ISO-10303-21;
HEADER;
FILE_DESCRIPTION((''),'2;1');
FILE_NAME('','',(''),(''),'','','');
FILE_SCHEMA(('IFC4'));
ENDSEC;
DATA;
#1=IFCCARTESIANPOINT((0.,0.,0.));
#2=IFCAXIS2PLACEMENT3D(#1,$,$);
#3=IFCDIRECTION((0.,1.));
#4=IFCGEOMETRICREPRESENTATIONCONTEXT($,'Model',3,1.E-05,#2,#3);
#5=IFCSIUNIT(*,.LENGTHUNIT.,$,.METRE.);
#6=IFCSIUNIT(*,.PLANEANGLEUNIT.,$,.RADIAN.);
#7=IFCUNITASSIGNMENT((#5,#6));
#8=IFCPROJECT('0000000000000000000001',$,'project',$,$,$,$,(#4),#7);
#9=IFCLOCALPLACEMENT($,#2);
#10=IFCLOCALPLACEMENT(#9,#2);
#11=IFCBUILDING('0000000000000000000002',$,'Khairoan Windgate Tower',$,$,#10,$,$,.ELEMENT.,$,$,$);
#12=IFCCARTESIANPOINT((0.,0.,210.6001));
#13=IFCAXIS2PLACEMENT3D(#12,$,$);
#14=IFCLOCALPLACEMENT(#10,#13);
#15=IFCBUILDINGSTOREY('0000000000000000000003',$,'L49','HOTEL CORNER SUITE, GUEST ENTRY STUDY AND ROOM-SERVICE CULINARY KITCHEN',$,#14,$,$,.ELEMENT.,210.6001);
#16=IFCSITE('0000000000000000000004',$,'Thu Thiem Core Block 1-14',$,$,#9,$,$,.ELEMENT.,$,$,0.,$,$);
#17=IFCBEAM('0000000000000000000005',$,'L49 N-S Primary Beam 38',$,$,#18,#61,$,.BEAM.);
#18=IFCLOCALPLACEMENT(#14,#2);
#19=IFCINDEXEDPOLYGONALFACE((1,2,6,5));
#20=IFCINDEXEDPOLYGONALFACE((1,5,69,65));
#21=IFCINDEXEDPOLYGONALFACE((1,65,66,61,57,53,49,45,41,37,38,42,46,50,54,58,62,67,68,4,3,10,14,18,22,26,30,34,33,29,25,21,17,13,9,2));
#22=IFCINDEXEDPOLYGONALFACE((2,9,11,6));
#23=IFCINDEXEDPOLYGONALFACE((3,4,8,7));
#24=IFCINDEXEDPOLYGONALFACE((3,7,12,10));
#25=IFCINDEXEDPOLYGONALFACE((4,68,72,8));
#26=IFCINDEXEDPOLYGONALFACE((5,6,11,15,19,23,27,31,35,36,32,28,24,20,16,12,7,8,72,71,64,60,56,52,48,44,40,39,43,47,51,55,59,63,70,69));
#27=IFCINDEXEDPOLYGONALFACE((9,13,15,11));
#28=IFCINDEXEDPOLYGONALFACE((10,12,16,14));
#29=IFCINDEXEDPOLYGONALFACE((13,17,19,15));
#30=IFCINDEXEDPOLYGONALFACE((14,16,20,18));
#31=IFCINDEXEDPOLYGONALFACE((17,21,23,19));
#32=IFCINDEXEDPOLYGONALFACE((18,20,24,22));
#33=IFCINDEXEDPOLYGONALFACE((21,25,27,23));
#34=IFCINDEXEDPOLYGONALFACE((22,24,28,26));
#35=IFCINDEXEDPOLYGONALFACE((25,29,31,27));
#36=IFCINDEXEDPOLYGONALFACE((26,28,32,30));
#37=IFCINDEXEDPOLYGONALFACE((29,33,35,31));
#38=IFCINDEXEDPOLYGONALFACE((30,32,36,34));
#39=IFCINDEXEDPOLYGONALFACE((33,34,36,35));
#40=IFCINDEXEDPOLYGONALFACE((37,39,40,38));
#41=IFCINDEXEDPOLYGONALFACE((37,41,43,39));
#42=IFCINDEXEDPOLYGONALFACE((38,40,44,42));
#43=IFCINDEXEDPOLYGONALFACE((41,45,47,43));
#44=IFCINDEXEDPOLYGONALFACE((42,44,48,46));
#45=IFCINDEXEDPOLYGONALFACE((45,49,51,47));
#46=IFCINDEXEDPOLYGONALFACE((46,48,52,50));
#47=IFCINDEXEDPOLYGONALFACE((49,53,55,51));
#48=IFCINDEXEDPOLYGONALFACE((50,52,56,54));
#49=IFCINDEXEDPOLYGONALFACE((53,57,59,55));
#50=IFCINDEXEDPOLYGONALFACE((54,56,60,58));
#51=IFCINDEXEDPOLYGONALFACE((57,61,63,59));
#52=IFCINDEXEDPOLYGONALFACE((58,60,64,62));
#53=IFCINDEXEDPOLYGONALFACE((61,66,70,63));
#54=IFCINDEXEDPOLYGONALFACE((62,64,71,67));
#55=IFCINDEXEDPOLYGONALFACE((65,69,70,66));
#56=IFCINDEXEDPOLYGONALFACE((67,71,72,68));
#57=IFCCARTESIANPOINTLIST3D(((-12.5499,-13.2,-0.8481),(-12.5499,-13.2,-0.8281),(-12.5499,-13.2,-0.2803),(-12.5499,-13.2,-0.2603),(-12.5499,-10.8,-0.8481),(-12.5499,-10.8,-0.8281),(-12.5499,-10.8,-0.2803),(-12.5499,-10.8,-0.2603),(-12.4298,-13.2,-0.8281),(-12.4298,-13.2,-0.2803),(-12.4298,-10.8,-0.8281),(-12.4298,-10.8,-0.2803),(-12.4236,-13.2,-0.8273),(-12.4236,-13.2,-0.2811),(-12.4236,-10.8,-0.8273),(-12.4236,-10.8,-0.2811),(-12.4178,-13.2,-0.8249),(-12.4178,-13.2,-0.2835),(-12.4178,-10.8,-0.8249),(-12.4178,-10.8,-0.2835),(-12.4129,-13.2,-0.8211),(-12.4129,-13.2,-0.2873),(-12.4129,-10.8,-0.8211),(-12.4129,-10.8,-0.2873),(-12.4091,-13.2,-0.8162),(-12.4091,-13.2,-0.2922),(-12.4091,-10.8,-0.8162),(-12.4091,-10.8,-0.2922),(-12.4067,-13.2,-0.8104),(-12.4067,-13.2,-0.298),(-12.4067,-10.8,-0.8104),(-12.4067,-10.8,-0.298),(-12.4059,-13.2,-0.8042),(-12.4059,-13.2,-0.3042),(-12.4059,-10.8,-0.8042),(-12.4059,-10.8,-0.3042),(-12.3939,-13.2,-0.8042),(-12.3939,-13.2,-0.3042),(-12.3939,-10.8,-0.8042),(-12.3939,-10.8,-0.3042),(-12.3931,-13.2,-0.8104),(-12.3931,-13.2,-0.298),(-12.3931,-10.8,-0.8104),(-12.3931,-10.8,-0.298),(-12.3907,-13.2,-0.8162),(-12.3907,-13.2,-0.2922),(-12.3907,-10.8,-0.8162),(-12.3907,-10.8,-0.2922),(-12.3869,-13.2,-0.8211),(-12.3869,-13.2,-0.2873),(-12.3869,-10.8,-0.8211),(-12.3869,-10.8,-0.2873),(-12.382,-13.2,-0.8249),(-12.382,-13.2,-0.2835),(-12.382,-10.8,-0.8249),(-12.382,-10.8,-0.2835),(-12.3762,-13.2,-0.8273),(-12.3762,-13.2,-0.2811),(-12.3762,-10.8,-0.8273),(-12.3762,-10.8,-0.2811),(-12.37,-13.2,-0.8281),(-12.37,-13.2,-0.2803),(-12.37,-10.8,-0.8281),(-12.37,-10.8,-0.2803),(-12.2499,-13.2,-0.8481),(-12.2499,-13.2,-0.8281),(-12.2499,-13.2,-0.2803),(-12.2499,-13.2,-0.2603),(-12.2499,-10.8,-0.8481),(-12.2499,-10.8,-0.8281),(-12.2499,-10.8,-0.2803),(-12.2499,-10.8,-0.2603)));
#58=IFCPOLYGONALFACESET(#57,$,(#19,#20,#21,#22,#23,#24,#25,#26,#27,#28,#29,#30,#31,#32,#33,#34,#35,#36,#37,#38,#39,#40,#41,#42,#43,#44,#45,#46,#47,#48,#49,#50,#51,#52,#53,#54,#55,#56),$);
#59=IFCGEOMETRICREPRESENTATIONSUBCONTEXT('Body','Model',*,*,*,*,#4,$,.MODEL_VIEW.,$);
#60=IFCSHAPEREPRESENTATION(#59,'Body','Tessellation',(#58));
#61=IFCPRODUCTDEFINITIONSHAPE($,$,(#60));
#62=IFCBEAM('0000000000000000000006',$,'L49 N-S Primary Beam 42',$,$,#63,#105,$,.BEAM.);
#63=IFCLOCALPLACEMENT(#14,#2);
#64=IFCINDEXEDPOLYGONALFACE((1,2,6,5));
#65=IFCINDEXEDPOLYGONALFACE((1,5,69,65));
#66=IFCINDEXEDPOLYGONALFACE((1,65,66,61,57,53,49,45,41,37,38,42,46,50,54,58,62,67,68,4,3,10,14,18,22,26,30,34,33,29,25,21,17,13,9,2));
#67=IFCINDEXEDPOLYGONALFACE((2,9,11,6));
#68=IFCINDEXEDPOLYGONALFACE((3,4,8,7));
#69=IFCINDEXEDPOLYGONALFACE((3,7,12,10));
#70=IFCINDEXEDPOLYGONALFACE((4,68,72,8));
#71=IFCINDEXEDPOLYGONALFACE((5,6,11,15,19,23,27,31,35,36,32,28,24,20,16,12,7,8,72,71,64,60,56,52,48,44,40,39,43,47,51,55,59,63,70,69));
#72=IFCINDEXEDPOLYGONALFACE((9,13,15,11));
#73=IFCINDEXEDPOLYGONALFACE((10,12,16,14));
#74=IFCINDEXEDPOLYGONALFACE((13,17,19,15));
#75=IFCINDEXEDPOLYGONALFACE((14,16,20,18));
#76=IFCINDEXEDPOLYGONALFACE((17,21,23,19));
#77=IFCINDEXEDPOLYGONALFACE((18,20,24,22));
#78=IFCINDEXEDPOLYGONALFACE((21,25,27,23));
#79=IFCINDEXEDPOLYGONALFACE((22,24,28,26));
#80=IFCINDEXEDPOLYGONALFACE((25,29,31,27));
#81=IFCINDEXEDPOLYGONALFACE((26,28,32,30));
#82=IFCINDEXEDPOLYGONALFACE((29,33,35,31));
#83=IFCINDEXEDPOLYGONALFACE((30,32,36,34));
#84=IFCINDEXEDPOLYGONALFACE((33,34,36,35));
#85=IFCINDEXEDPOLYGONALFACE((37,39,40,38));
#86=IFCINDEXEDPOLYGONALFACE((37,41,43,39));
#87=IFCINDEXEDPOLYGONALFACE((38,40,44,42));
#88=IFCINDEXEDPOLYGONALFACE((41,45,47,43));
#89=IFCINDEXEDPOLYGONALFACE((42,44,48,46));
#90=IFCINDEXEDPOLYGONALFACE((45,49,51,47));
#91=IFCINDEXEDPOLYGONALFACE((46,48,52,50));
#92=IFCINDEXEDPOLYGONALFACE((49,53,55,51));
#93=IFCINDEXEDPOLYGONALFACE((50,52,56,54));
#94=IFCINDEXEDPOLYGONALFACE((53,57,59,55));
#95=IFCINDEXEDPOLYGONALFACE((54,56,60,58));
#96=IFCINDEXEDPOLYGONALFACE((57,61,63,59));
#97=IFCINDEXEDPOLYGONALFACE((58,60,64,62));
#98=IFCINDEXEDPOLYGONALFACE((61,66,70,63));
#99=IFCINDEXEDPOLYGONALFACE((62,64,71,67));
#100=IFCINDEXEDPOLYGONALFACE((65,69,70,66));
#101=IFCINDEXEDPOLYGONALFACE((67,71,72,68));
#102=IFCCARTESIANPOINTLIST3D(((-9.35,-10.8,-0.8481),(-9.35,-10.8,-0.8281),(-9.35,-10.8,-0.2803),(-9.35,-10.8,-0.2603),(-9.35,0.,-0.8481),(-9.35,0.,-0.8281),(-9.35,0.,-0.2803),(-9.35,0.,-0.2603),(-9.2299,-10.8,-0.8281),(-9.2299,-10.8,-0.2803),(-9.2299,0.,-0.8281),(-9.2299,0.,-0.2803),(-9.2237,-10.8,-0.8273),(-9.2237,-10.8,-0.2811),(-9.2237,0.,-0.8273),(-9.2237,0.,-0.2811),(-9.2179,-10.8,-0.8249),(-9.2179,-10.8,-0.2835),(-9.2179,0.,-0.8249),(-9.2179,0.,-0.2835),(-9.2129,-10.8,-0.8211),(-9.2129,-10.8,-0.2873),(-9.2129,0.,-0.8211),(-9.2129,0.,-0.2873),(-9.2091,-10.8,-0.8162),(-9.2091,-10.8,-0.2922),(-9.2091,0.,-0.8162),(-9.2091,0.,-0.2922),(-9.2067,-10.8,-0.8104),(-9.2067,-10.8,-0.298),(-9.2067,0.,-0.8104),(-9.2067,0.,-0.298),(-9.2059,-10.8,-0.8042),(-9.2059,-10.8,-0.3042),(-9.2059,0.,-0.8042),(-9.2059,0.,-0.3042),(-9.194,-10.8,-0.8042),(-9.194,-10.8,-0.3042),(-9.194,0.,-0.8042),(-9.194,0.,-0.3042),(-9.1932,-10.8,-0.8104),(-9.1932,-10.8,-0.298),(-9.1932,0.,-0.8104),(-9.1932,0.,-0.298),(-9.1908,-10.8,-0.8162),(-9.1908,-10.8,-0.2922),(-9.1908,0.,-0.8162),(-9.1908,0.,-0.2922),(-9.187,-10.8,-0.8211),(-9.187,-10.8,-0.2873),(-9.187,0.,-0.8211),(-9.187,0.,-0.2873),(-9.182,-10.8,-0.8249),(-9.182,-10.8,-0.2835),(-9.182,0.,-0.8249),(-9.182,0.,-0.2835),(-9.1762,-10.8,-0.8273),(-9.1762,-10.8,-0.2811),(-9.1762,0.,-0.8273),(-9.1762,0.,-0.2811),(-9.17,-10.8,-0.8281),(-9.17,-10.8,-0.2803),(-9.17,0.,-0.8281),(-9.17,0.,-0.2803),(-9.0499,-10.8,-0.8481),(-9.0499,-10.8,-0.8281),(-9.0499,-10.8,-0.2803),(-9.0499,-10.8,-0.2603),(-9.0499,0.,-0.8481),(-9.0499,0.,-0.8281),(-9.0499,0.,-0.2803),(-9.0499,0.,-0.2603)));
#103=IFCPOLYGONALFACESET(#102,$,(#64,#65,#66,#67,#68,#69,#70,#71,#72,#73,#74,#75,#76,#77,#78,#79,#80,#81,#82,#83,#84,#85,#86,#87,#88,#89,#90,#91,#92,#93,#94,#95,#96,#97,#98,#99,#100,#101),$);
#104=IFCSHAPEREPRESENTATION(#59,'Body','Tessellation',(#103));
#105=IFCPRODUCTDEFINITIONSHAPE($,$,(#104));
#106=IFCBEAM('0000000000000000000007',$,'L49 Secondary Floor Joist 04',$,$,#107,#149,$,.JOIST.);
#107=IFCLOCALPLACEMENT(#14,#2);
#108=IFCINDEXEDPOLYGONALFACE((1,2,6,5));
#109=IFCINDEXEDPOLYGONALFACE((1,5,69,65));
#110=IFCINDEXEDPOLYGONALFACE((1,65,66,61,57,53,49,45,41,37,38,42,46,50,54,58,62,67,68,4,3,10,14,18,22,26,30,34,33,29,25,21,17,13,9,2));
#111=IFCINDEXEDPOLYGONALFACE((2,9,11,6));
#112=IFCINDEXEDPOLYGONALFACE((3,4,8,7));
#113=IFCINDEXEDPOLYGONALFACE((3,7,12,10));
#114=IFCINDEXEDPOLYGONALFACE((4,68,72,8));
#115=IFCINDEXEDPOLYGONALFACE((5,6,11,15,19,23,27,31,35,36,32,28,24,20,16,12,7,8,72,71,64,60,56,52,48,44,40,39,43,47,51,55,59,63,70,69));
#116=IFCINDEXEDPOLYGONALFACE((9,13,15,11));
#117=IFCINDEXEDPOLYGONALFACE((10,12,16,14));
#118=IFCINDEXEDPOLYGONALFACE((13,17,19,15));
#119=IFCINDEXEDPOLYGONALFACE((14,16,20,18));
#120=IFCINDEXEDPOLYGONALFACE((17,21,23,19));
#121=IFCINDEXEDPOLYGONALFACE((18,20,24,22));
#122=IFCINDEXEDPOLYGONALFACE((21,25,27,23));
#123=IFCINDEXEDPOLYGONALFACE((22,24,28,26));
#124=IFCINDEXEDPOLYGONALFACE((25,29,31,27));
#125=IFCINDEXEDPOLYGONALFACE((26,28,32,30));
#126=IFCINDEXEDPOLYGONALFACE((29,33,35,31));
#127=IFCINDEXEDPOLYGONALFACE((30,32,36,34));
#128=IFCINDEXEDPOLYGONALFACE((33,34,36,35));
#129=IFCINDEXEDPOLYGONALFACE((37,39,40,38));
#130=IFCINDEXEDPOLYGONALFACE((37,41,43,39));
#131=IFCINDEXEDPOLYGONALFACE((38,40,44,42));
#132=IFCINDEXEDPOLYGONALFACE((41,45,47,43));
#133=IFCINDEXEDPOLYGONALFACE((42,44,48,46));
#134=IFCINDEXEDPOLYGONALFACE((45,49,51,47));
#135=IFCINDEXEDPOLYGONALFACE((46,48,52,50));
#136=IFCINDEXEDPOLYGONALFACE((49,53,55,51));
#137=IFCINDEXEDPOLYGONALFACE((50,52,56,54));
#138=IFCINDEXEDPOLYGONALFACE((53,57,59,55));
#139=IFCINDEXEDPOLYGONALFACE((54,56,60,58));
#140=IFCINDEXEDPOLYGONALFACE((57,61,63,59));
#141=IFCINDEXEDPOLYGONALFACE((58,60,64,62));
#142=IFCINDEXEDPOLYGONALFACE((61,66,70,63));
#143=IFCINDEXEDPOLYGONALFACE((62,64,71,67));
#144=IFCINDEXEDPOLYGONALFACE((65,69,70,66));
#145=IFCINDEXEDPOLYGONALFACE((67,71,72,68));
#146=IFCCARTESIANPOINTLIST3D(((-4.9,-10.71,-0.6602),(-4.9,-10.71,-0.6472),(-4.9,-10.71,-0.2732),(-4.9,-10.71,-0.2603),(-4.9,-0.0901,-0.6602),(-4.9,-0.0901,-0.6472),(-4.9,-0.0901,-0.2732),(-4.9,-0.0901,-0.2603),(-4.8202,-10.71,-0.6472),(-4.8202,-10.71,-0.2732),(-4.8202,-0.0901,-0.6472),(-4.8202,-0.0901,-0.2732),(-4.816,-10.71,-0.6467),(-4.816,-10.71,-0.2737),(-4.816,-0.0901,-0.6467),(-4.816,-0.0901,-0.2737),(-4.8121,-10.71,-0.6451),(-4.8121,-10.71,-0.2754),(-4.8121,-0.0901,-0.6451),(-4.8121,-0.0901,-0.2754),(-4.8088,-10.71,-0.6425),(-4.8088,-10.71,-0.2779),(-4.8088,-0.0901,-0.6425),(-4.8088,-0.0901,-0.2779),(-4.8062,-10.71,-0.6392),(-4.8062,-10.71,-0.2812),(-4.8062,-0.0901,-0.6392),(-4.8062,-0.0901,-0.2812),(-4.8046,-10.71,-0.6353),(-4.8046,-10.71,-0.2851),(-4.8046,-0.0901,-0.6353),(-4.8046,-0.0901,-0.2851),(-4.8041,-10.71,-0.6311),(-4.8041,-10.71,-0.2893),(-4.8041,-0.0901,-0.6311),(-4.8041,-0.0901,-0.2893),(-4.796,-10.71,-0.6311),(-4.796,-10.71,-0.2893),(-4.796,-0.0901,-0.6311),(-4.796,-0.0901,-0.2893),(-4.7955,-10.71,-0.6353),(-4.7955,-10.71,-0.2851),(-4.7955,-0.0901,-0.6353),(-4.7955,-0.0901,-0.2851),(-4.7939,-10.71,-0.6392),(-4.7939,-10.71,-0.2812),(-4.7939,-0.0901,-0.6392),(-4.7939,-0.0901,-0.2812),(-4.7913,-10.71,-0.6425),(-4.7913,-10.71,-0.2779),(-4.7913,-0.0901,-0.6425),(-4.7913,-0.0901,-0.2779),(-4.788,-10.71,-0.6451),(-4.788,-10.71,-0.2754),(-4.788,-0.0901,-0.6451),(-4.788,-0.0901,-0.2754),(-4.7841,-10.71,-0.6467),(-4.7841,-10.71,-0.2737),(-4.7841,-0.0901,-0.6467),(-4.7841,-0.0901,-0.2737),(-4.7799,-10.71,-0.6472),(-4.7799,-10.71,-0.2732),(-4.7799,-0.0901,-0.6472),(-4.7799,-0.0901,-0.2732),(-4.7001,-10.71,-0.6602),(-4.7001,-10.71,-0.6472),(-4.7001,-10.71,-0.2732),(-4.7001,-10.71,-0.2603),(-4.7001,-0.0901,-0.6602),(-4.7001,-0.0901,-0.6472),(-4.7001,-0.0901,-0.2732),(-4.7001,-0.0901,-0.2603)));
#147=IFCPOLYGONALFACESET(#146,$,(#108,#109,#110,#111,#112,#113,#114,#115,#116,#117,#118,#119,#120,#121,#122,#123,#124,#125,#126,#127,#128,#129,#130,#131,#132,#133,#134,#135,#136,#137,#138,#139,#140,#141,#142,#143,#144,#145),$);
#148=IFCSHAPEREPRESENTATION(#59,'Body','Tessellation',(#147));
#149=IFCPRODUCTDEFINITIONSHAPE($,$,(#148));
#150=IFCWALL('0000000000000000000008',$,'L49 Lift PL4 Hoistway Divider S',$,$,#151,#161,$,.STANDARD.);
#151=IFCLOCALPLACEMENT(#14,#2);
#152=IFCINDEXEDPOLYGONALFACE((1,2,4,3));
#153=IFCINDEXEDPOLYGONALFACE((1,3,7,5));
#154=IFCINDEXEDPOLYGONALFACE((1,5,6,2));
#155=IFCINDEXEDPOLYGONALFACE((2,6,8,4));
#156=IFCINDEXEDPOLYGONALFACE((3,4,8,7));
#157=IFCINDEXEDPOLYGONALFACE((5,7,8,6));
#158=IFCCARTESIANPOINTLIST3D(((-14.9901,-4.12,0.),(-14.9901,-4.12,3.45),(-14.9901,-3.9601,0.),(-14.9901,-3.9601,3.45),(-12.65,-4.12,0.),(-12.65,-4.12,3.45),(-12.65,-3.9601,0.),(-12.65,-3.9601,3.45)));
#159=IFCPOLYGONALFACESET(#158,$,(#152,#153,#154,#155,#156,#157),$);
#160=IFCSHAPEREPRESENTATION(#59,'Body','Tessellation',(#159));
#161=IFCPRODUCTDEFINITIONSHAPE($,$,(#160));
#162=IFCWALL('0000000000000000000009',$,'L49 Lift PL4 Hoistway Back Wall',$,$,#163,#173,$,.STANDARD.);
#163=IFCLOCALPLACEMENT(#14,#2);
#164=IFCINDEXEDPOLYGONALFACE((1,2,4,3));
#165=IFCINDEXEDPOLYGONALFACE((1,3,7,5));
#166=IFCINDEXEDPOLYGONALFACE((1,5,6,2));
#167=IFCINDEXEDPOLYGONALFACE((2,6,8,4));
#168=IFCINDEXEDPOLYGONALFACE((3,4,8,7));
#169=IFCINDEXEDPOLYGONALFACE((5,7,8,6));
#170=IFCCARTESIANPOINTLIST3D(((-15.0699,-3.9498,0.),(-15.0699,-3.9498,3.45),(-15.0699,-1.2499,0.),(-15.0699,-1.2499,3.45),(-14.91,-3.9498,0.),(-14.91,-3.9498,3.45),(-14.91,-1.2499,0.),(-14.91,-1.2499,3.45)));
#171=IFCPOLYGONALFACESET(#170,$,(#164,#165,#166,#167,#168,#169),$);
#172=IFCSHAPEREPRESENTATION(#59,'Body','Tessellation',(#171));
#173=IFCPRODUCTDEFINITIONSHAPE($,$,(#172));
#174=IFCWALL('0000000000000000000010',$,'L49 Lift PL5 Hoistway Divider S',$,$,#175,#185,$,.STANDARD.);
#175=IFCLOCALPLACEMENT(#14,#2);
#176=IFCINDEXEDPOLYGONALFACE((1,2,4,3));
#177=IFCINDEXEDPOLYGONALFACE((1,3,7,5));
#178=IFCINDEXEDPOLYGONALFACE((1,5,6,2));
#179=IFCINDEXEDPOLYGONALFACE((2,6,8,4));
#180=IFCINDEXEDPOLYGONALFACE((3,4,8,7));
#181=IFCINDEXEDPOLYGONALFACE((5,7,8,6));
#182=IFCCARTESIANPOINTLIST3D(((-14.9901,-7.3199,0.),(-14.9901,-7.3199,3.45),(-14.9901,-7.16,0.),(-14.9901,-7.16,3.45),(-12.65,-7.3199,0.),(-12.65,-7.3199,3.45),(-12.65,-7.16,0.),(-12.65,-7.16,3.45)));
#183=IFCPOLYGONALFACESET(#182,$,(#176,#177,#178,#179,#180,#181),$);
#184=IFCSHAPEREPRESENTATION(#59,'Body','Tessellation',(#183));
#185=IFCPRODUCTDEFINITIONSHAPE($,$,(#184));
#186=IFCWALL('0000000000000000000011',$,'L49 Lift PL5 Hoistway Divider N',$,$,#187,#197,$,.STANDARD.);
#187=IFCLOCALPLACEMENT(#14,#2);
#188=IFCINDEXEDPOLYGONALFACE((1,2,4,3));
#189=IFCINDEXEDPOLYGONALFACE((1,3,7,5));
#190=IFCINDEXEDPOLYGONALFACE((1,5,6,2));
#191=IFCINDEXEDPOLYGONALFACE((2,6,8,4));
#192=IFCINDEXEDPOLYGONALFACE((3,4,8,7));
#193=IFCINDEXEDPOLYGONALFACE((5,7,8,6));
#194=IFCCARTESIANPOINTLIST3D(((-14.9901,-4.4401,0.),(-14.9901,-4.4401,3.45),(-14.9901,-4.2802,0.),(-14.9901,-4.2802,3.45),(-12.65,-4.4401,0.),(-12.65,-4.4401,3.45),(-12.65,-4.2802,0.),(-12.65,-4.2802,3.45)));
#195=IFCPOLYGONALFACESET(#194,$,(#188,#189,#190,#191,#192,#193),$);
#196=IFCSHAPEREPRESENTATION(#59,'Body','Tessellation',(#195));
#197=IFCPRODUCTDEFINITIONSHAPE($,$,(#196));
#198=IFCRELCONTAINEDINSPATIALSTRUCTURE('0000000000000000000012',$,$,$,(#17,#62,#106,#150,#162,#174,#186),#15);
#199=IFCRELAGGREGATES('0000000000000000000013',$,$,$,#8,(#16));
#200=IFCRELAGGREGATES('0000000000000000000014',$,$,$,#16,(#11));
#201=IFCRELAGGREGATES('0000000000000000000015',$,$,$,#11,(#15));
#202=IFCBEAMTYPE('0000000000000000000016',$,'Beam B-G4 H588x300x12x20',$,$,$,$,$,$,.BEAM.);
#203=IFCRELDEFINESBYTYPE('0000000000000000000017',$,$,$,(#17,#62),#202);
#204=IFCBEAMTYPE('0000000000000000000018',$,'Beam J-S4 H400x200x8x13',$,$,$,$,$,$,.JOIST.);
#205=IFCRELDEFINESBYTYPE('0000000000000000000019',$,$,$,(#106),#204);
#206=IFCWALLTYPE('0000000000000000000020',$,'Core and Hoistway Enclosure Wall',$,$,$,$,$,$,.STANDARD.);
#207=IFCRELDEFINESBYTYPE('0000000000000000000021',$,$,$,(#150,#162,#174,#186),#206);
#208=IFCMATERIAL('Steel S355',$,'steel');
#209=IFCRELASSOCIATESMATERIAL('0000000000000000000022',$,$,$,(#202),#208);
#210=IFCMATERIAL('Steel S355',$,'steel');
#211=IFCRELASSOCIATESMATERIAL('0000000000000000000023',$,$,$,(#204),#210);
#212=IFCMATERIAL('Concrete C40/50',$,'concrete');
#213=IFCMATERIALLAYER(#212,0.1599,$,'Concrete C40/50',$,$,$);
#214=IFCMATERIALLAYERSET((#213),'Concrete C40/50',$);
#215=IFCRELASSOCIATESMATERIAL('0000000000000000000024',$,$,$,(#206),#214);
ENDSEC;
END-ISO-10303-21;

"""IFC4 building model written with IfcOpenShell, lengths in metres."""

from ifc_helpers import new_model, si_unit, direction, frame, frame_2d, origin, origin_2d, place, context, subcontext, project, spatial, rectangle, i_section, extrude, material, layer, layer_set, material_profile, profile_set, type_object, element, save


model = new_model("IFC4")

# Units and contexts
model_context = context("Model", 3, precision=1e-05, world=origin(), true_north=direction((0.0, 1.0)))
body_context = subcontext(model_context, "Body", "Model", "MODEL_VIEW")
ifc_project = project(units=[si_unit("LENGTHUNIT", "METRE"), si_unit("PLANEANGLEUNIT", "RADIAN")], contexts=[model_context])

# Site, building, storey
site_placement = place(None, origin())
site = spatial("IfcSite", under=ifc_project, at=site_placement, Name="Thu Thiem Core Block 1-14", CompositionType="ELEMENT", RefElevation=0.0)
building_placement = place(site_placement, origin())
building = spatial("IfcBuilding", under=site, at=building_placement, Name="Khairoan Windgate Tower", CompositionType="ELEMENT")
storey_placement = place(building_placement, frame((0.0, 0.0, 210.6001)))
storey = spatial("IfcBuildingStorey", under=building, at=storey_placement, Name="L49", Description="HOTEL CORNER SUITE, GUEST ENTRY STUDY AND ROOM-SERVICE CULINARY KITCHEN", CompositionType="ELEMENT", Elevation=210.6001)

# Beams
ifc_material_1 = material(Name="Steel S355", Category="steel")
ifc_material_profile_1 = material_profile(ifc_material_1, i_section(OverallWidth=0.3, OverallDepth=0.5879, WebThickness=0.012, FlangeThickness=0.02, FilletRadius=0.0239, at=origin_2d()))
ifc_profile_set_1 = profile_set([ifc_material_profile_1], Name="Steel S355")
beam_type_1 = type_object("IfcBeamType", Name="Beam B-G4 H588x300x12x20", PredefinedType="BEAM", material=ifc_profile_set_1)
beam_1_placement = place(storey_placement, frame((-12.3999, -13.2, -0.5542), z_axis=(0.0, 1.0, 0.0), x_axis=(-1.0, 0.0, 0.0)))
element("IfcBeam", 1, at=beam_1_placement, inside=storey, type_object=beam_type_1, Name="L49 N-S Primary Beam 38", PredefinedType="BEAM", context=body_context, shape_type="SweptSolid", body=[
    extrude(i_section(OverallWidth=0.3, OverallDepth=0.5879, WebThickness=0.012, FlangeThickness=0.02, FilletRadius=0.0239, at=origin_2d()), origin(), (0.0, 0.0, 1.0), 2.3999),
])
beam_2_placement = place(storey_placement, frame((-9.2, -10.8, -0.5542), z_axis=(0.0, 1.0, 0.0), x_axis=(-1.0, 0.0, 0.0)))
element("IfcBeam", 2, at=beam_2_placement, inside=storey, type_object=beam_type_1, Name="L49 N-S Primary Beam 42", PredefinedType="BEAM", context=body_context, shape_type="SweptSolid", body=[
    extrude(i_section(OverallWidth=0.3, OverallDepth=0.5879, WebThickness=0.012, FlangeThickness=0.02, FilletRadius=0.0239, at=origin_2d()), origin(), (0.0, 0.0, 1.0), 10.8),
])
ifc_material_2 = material(Name="Steel S355", Category="steel")
ifc_material_profile_2 = material_profile(ifc_material_2, i_section(OverallWidth=0.2, OverallDepth=0.3999, WebThickness=0.0081, FlangeThickness=0.0129, FilletRadius=0.0161, at=origin_2d()))
ifc_profile_set_2 = profile_set([ifc_material_profile_2], Name="Steel S355")
beam_type_2 = type_object("IfcBeamType", Name="Beam J-S4 H400x200x8x13", PredefinedType="JOIST", material=ifc_profile_set_2)
beam_3_placement = place(storey_placement, frame((-4.8, -10.71, -0.4602), z_axis=(0.0, 1.0, 0.0), x_axis=(-1.0, 0.0, 0.0)))
element("IfcBeam", 3, at=beam_3_placement, inside=storey, type_object=beam_type_2, Name="L49 Secondary Floor Joist 04", PredefinedType="JOIST", context=body_context, shape_type="SweptSolid", body=[
    extrude(i_section(OverallWidth=0.2, OverallDepth=0.3999, WebThickness=0.0081, FlangeThickness=0.0129, FilletRadius=0.0161, at=origin_2d()), origin(), (0.0, 0.0, 1.0), 10.6199),
])

# Walls
ifc_material_3 = material(Name="Concrete C40/50", Category="concrete")
ifc_layer_1 = layer(ifc_material_3, 0.1599, Name="Concrete C40/50")
ifc_layer_set_1 = layer_set([ifc_layer_1], Name="Concrete C40/50")
wall_type_1 = type_object("IfcWallType", Name="Core and Hoistway Enclosure Wall", PredefinedType="STANDARD", material=ifc_layer_set_1)
wall_1_placement = place(storey_placement, frame((-14.99, -4.04, 0.0), z_axis=(0.0, 0.0, 1.0), x_axis=(1.0, 0.0, 0.0)))
element("IfcWall", 4, at=wall_1_placement, inside=storey, type_object=wall_type_1, Name="L49 Lift PL4 Hoistway Divider S", PredefinedType="STANDARD", context=body_context, shape_type="SweptSolid", body=[
    extrude(rectangle(XDim=2.3401, YDim=0.1599, at=frame_2d((1.1699, 0.0))), origin(), (0.0, 0.0, 1.0), 3.45),
])
wall_2_placement = place(storey_placement, frame((-14.99, -3.95, 0.0), z_axis=(0.0, 0.0, 1.0), x_axis=(0.0, 1.0, 0.0)))
element("IfcWall", 5, at=wall_2_placement, inside=storey, type_object=wall_type_1, Name="L49 Lift PL4 Hoistway Back Wall", PredefinedType="STANDARD", context=body_context, shape_type="SweptSolid", body=[
    extrude(rectangle(XDim=2.7, YDim=0.1599, at=frame_2d((1.3501, 0.0))), origin(), (0.0, 0.0, 1.0), 3.45),
])
for number, where, z_axis, x_axis, name in (
    (6, (-14.99, -7.24, 0.0), (0.0, 0.0, 1.0), (1.0, 0.0, 0.0), "L49 Lift PL5 Hoistway Divider S"),
    (7, (-14.99, -4.3601, 0.0), (0.0, 0.0, 1.0), (1.0, 0.0, 0.0), "L49 Lift PL5 Hoistway Divider N"),
):
    element("IfcWall", number, at=place(storey_placement, frame(where, z_axis=z_axis, x_axis=x_axis)), inside=storey, type_object=wall_type_1, Name=name, PredefinedType="STANDARD", context=body_context, shape_type="SweptSolid", body=[
        extrude(rectangle(XDim=2.3401, YDim=0.1599, at=frame_2d((1.1699, 0.0))), origin(), (0.0, 0.0, 1.0), 3.45),
    ])

save(model, "model.ifc")
